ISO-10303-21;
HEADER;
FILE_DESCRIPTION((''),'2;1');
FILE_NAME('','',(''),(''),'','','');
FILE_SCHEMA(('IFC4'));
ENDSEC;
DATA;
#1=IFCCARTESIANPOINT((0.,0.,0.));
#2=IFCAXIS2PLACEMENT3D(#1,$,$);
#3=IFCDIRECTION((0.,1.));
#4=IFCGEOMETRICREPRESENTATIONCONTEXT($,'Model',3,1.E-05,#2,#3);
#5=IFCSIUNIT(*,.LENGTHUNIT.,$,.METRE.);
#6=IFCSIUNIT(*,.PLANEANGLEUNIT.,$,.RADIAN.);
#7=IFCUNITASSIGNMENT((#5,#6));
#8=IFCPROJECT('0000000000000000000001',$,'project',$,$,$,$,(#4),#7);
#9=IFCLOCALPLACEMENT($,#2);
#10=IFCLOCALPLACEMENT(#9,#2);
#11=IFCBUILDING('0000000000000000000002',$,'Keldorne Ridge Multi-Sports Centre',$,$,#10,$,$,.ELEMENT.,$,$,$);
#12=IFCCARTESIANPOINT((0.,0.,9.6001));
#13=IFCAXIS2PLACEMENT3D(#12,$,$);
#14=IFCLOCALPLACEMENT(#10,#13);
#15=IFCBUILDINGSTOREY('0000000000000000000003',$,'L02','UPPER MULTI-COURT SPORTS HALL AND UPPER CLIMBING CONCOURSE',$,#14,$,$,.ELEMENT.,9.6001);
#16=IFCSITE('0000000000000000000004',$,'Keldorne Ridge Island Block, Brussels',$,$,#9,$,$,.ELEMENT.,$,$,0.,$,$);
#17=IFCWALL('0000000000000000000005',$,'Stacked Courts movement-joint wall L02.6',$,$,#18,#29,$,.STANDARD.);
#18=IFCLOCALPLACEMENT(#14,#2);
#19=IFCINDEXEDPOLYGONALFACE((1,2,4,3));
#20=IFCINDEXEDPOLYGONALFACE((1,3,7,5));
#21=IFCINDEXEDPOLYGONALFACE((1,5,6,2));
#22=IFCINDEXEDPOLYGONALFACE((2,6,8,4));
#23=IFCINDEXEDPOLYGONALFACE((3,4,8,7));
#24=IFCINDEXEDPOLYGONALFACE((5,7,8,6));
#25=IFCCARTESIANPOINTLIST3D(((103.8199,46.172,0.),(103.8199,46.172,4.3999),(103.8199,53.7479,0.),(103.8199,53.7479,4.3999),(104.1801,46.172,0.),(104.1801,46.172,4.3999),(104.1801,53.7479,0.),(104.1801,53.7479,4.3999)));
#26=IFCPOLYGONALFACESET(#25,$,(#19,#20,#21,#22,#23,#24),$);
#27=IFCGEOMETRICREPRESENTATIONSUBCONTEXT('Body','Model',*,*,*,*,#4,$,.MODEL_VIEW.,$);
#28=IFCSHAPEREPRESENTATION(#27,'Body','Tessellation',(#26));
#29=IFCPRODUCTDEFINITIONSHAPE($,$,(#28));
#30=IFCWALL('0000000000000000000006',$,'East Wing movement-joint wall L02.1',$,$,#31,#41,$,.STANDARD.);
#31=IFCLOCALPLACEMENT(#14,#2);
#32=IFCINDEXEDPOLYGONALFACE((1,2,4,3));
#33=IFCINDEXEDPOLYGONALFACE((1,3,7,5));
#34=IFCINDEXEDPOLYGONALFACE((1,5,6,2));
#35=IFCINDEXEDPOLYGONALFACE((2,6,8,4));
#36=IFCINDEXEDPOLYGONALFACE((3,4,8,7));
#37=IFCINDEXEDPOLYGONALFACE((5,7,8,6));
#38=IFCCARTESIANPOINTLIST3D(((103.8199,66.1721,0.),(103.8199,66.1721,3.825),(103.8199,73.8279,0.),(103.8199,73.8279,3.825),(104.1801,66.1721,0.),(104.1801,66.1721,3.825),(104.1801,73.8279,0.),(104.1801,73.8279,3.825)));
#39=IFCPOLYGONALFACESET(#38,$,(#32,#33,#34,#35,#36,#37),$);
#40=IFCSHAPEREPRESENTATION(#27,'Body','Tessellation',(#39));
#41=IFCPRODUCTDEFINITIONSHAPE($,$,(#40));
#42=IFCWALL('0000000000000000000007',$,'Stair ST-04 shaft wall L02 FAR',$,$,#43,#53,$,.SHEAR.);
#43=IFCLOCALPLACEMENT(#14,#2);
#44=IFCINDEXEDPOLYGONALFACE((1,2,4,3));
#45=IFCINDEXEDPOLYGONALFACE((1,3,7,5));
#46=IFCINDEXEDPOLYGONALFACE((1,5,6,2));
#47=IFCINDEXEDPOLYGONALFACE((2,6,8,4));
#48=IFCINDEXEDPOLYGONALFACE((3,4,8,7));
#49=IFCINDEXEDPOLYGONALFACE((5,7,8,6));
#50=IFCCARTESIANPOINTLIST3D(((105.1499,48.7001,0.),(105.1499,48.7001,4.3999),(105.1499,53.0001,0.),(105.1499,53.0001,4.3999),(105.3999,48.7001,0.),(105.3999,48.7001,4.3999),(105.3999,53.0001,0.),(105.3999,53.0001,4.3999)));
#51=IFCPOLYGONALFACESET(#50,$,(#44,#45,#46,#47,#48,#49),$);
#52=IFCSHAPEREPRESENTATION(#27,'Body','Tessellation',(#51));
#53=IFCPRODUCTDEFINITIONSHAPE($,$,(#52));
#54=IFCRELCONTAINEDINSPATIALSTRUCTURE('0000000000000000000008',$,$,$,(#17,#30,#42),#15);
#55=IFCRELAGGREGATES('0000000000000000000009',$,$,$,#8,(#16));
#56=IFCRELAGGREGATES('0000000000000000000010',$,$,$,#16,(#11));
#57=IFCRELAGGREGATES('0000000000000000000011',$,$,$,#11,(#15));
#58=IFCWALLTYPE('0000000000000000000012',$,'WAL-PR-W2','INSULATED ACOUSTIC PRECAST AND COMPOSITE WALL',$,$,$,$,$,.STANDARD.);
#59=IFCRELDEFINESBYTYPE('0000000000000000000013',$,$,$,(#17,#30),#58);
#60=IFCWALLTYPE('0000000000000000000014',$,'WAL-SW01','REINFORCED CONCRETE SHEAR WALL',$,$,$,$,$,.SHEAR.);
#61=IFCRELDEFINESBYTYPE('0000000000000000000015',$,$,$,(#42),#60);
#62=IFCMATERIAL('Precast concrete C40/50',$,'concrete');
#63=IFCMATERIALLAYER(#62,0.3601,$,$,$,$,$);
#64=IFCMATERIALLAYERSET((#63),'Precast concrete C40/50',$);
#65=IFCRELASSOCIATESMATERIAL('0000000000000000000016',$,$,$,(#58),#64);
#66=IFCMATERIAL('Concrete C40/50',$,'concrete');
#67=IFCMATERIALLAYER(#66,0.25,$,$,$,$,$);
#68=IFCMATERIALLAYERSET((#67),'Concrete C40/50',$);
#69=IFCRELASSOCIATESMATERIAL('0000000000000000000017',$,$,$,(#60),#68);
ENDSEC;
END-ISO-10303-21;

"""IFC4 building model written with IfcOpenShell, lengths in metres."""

from ifc_helpers import new_model, si_unit, direction, frame, frame_2d, origin, place, context, subcontext, project, spatial, rectangle, extrude, material, layer, layer_set, type_object, element, save


model = new_model("IFC4")

# Units and contexts
model_context = context("Model", 3, precision=1e-05, world=origin(), true_north=direction((0.0, 1.0)))
body_context = subcontext(model_context, "Body", "Model", "MODEL_VIEW")
ifc_project = project(units=[si_unit("LENGTHUNIT", "METRE"), si_unit("PLANEANGLEUNIT", "RADIAN")], contexts=[model_context])

# Site, building, storey
site_placement = place(None, origin())
site = spatial("IfcSite", under=ifc_project, at=site_placement, Name="Keldorne Ridge Island Block, Brussels", CompositionType="ELEMENT", RefElevation=0.0)
building_placement = place(site_placement, origin())
building = spatial("IfcBuilding", under=site, at=building_placement, Name="Keldorne Ridge Multi-Sports Centre", CompositionType="ELEMENT")
storey_placement = place(building_placement, frame((0.0, 0.0, 9.6001)))
storey = spatial("IfcBuildingStorey", under=building, at=storey_placement, Name="L02", Description="UPPER MULTI-COURT SPORTS HALL AND UPPER CLIMBING CONCOURSE", CompositionType="ELEMENT", Elevation=9.6001)

# Shared definitions
ifc_material_1 = material(Name="Precast concrete C40/50", Category="concrete")

# Walls
ifc_layer_1 = layer(ifc_material_1, 0.3601)
ifc_layer_set_1 = layer_set([ifc_layer_1], Name="Precast concrete C40/50")
wall_type_1 = type_object("IfcWallType", Name="WAL-PR-W2", Description="INSULATED ACOUSTIC PRECAST AND COMPOSITE WALL", PredefinedType="STANDARD", material=ifc_layer_set_1)
wall_1_placement = place(storey_placement, frame((104.0, 53.748, 0.0), z_axis=(0.0, 0.0, 1.0), x_axis=(0.0, -1.0, 0.0)))
element("IfcWall", 1, at=wall_1_placement, inside=storey, type_object=wall_type_1, Name="Stacked Courts movement-joint wall L02.6", PredefinedType="STANDARD", context=body_context, shape_type="SweptSolid", body=[
    extrude(rectangle(XDim=7.5759, YDim=0.3601, at=frame_2d((3.7881, 0.0))), origin(), (0.0, 0.0, 1.0), 4.3999),
])
wall_2_placement = place(storey_placement, frame((104.0, 73.8279, 0.0), z_axis=(0.0, 0.0, 1.0), x_axis=(0.0, -1.0, 0.0)))
element("IfcWall", 2, at=wall_2_placement, inside=storey, type_object=wall_type_1, Name="East Wing movement-joint wall L02.1", PredefinedType="STANDARD", context=body_context, shape_type="SweptSolid", body=[
    extrude(rectangle(XDim=7.6558, YDim=0.3601, at=frame_2d((3.8279, 0.0))), origin(), (0.0, 0.0, 1.0), 3.825),
])
ifc_material_2 = material(Name="Concrete C40/50", Category="concrete")
ifc_layer_2 = layer(ifc_material_2, 0.25)
ifc_layer_set_2 = layer_set([ifc_layer_2], Name="Concrete C40/50")
wall_type_2 = type_object("IfcWallType", Name="WAL-SW01", Description="REINFORCED CONCRETE SHEAR WALL", PredefinedType="SHEAR", material=ifc_layer_set_2)
wall_3_placement = place(storey_placement, frame((105.2749, 53.0, 0.0), z_axis=(0.0, 0.0, 1.0), x_axis=(0.0, -1.0, 0.0)))
element("IfcWall", 3, at=wall_3_placement, inside=storey, type_object=wall_type_2, Name="Stair ST-04 shaft wall L02 FAR", PredefinedType="SHEAR", context=body_context, shape_type="SweptSolid", body=[
    extrude(rectangle(XDim=4.3, YDim=0.25, at=frame_2d((2.1499, 0.0))), origin(), (0.0, 0.0, 1.0), 4.3999),
])

save(model, "model.ifc")
